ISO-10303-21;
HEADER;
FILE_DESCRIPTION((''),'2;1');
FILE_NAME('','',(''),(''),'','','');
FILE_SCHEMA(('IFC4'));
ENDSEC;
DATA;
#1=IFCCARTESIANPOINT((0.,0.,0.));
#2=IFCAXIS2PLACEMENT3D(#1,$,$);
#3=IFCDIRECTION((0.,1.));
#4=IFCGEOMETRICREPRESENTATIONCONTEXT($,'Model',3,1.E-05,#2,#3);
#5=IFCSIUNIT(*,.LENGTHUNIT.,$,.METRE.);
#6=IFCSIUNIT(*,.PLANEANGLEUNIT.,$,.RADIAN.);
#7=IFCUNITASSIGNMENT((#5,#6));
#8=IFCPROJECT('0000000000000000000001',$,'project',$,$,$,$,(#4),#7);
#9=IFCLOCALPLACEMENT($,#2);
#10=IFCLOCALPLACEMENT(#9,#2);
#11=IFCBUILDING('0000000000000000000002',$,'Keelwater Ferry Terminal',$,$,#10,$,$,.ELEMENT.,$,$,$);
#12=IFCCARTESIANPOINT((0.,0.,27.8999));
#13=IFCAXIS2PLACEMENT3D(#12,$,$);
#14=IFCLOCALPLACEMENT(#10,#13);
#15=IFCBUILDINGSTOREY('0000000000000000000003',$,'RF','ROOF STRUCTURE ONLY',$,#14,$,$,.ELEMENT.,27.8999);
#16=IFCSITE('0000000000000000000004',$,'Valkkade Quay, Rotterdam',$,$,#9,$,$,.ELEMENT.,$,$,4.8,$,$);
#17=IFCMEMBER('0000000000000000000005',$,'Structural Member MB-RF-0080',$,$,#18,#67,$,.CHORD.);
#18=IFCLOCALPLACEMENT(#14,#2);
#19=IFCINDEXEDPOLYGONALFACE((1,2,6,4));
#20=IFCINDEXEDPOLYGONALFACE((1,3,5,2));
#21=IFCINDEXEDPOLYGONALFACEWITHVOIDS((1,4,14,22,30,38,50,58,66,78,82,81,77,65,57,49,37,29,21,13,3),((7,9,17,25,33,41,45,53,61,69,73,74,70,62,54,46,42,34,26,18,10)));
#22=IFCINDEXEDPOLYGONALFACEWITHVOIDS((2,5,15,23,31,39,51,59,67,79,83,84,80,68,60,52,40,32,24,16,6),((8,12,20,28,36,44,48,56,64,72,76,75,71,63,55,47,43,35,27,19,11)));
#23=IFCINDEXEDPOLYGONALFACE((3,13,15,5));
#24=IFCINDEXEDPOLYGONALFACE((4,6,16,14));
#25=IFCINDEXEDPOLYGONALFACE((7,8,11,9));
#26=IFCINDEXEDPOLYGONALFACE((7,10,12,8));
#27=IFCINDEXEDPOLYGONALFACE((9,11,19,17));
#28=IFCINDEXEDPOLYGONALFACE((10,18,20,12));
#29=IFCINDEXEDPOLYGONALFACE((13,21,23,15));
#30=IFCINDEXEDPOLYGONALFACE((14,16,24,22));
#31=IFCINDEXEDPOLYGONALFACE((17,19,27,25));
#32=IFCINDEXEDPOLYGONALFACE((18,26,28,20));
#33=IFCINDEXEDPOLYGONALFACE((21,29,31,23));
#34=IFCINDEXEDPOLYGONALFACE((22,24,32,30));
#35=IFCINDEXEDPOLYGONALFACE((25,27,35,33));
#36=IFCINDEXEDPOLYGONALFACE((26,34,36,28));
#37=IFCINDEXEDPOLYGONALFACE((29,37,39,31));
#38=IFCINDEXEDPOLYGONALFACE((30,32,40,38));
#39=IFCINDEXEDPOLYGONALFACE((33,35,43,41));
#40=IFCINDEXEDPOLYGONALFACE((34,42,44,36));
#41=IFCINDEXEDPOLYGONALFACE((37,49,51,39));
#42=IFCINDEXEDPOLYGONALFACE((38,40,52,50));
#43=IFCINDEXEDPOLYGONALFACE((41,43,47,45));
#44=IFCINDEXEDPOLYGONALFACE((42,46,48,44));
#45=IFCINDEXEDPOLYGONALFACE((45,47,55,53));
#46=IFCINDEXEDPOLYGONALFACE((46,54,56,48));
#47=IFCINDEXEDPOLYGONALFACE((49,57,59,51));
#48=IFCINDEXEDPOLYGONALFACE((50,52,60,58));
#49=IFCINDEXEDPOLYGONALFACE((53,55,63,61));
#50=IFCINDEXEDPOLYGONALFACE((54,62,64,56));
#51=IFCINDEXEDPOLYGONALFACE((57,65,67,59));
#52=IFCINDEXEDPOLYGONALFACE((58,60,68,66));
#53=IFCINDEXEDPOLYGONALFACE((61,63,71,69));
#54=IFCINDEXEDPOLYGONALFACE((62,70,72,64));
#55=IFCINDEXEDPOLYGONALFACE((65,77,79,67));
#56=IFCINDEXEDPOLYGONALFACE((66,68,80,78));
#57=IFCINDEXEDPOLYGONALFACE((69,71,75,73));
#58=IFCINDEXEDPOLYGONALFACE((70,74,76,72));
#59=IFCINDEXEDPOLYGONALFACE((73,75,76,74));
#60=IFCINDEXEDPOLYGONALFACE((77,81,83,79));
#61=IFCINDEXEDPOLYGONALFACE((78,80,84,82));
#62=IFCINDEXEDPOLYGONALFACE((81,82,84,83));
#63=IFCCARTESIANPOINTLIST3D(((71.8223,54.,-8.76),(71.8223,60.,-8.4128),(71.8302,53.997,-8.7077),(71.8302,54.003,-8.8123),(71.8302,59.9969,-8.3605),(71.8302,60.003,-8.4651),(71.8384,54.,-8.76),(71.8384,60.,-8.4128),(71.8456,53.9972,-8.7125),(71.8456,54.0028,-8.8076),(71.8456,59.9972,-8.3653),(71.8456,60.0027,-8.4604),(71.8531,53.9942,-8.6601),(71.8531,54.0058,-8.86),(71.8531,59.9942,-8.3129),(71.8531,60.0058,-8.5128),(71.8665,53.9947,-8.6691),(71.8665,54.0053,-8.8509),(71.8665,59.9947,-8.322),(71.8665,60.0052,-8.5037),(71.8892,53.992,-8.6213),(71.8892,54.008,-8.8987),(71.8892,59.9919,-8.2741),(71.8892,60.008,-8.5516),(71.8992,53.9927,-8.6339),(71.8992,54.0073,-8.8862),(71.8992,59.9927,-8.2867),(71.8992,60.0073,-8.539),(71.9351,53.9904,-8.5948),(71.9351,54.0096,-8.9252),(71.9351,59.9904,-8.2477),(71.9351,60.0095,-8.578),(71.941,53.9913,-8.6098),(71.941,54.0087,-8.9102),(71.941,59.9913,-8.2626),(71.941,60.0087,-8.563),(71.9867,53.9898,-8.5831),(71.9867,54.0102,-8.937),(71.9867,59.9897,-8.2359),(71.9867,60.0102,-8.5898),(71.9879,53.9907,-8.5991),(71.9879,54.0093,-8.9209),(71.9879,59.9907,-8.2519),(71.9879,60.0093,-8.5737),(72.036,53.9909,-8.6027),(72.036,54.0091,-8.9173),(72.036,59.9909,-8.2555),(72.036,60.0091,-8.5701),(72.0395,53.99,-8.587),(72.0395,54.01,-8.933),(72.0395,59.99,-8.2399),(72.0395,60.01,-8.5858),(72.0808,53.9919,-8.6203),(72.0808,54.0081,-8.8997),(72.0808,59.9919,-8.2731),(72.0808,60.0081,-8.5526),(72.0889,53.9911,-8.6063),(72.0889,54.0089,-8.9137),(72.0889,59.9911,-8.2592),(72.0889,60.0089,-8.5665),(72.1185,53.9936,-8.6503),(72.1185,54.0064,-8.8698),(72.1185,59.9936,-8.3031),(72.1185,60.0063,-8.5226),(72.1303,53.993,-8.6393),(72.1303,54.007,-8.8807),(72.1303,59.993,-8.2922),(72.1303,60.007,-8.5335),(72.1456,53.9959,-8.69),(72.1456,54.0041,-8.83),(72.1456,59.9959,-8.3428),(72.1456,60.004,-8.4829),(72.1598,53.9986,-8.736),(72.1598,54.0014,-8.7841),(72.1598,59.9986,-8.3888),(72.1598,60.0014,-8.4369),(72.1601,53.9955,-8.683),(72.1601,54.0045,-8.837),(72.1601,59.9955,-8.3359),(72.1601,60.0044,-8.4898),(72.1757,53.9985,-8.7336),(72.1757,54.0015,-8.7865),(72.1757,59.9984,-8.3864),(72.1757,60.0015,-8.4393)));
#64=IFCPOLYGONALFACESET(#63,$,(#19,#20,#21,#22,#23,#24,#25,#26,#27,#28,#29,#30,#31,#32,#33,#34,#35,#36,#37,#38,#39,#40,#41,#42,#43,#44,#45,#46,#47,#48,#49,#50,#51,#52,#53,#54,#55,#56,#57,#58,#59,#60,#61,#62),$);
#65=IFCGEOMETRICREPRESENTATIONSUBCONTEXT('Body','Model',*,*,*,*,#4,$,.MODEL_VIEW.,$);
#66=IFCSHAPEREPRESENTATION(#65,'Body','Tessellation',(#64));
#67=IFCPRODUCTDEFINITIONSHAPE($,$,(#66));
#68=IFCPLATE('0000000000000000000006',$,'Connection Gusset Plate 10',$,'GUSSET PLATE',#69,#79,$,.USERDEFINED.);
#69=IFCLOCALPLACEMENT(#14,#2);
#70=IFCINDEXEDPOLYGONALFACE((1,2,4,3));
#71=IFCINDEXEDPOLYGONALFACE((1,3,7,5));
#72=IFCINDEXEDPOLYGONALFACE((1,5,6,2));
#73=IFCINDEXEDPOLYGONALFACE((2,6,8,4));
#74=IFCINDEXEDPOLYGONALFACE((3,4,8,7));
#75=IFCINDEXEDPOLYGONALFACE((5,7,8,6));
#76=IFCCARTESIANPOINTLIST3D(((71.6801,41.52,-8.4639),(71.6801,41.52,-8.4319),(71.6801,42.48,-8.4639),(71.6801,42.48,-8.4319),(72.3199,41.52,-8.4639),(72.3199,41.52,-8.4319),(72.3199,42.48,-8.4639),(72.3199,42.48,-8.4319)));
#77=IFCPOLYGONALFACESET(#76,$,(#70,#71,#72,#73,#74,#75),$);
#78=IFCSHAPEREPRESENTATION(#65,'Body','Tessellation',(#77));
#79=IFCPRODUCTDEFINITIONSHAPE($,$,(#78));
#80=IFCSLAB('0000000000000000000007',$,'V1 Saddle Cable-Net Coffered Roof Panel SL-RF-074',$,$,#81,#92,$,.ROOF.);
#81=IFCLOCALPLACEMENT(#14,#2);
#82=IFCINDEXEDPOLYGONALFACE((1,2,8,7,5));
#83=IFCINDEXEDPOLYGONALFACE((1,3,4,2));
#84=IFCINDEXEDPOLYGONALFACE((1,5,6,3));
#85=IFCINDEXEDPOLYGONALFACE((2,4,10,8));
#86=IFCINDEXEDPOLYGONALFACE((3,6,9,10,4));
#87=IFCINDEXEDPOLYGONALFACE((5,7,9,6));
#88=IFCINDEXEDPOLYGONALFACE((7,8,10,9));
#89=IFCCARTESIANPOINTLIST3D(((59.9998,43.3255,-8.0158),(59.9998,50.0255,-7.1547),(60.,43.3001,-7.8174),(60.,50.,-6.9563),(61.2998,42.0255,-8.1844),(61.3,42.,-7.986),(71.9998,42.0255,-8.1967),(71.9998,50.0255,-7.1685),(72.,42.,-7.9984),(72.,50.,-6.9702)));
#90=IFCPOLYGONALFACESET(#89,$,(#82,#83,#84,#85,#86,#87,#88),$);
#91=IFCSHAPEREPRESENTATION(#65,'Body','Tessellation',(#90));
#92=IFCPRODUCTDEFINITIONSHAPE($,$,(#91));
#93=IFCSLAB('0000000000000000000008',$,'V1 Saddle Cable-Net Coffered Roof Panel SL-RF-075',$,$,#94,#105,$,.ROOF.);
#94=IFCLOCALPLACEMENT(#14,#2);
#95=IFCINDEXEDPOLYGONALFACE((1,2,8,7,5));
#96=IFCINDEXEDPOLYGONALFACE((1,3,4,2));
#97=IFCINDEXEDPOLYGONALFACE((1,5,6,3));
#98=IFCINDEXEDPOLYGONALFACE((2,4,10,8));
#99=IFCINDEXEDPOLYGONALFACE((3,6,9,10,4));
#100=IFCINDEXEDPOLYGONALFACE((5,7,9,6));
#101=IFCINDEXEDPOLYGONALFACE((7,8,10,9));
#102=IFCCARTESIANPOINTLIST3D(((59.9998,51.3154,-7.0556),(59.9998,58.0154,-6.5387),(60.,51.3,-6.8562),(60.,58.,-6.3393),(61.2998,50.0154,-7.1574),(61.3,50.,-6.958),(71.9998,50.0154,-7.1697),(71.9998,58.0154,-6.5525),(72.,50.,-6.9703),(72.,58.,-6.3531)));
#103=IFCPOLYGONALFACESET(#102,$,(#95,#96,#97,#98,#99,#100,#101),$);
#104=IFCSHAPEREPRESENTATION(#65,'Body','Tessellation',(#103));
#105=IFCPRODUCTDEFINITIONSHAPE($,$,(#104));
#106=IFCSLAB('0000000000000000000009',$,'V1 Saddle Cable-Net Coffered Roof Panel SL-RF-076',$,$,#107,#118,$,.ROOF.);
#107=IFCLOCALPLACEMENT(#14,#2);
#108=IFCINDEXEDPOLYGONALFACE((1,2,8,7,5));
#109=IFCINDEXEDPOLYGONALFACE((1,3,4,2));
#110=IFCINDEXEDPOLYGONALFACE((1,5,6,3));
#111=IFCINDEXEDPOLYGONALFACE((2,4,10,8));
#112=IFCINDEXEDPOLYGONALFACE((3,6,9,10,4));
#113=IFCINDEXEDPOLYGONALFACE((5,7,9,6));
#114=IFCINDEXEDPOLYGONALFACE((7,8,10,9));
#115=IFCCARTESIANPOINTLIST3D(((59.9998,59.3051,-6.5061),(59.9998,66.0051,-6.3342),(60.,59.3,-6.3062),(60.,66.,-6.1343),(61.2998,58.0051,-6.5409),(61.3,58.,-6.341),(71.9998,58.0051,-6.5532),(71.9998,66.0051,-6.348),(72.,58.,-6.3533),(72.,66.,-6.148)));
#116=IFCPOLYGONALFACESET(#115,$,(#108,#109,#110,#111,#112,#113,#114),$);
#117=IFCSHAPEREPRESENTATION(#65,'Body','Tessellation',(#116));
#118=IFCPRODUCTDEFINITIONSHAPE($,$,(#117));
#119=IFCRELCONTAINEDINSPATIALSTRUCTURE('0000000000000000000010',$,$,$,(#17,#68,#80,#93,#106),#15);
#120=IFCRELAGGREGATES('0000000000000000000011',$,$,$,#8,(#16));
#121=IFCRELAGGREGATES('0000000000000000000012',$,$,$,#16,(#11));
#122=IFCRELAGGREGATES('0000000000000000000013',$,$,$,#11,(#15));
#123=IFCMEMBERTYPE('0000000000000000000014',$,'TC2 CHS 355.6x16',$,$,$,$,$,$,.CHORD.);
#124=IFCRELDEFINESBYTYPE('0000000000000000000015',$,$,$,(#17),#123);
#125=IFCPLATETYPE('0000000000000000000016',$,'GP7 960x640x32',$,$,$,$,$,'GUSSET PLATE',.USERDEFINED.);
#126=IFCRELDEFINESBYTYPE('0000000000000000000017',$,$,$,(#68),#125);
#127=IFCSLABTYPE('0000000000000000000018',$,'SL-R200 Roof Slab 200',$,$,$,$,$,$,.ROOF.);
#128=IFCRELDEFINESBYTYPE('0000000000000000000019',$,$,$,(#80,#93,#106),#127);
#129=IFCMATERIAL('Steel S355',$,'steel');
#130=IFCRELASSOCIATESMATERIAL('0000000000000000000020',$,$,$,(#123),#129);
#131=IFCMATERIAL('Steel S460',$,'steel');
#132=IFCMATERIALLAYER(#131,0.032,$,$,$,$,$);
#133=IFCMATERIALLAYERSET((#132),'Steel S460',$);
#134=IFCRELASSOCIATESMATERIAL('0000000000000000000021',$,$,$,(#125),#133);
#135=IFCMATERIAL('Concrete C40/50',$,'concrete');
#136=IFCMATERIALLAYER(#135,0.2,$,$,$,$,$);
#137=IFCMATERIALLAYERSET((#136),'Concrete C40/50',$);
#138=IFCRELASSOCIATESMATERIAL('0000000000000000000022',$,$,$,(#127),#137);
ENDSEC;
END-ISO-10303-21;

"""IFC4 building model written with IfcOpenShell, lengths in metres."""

from ifc_helpers import new_model, si_unit, direction, frame, origin, origin_with_axes, origin_2d, place, context, subcontext, project, spatial, polyline, rectangle, hollow_circle, outline, extrude, material, layer, layer_set, material_profile, profile_set, type_object, element, save


model = new_model("IFC4")

# Units and contexts
model_context = context("Model", 3, precision=1e-05, world=origin(), true_north=direction((0.0, 1.0)))
body_context = subcontext(model_context, "Body", "Model", "MODEL_VIEW")
ifc_project = project(units=[si_unit("LENGTHUNIT", "METRE"), si_unit("PLANEANGLEUNIT", "RADIAN")], contexts=[model_context])

# Site, building, storey
site_placement = place(None, origin())
site = spatial("IfcSite", under=ifc_project, at=site_placement, Name="Valkkade Quay, Rotterdam", CompositionType="ELEMENT", RefElevation=4.8)
building_placement = place(site_placement, origin())
building = spatial("IfcBuilding", under=site, at=building_placement, Name="Keelwater Ferry Terminal", CompositionType="ELEMENT")
storey_placement = place(building_placement, frame((0.0, 0.0, 27.8999)))
storey = spatial("IfcBuildingStorey", under=building, at=storey_placement, Name="RF", Description="ROOF STRUCTURE ONLY", CompositionType="ELEMENT", Elevation=27.8999)

# Member
ifc_material_1 = material(Name="Steel S355", Category="steel")
ifc_material_profile_1 = material_profile(ifc_material_1, hollow_circle(Radius=0.1777, WallThickness=0.0161, at=origin_2d()), Name="CHS 355.6x16")
ifc_profile_set_1 = profile_set([ifc_material_profile_1], Name="Steel S355")
member_type_1 = type_object("IfcMemberType", Name="TC2 CHS 355.6x16", PredefinedType="CHORD", material=ifc_profile_set_1)
member_1_placement = place(storey_placement, frame((72.0, 54.0, -8.76), z_axis=(0.0, 0.99833, 0.057765), x_axis=(-1.0, 0.0, 0.0)))
element("IfcMember", 1, at=member_1_placement, inside=storey, type_object=member_type_1, Name="Structural Member MB-RF-0080", PredefinedType="CHORD", context=body_context, shape_type="SweptSolid", body=[
    extrude(hollow_circle(Radius=0.1777, WallThickness=0.0161, at=origin_2d()), origin(), (0.0, 0.0, 1.0), 6.01),
])

# Plate
ifc_material_2 = material(Name="Steel S460", Category="steel")
ifc_layer_1 = layer(ifc_material_2, 0.032)
ifc_layer_set_1 = layer_set([ifc_layer_1], Name="Steel S460")
plate_type = type_object("IfcPlateType", Name="GP7 960x640x32", ElementType="GUSSET PLATE", PredefinedType="USERDEFINED", material=ifc_layer_set_1)
plate_placement = place(storey_placement, frame((72.0, 42.0, -8.4639), z_axis=(0.0, 0.0, 1.0), x_axis=(0.0, 1.0, 0.0)))
element("IfcPlate", 2, at=plate_placement, inside=storey, type_object=plate_type, Name="Connection Gusset Plate 10", ObjectType="GUSSET PLATE", PredefinedType="USERDEFINED", context=body_context, shape_type="SweptSolid", body=[
    extrude(rectangle(XDim=0.96, YDim=0.6399, at=origin_2d()), origin(), (0.0, 0.0, 1.0), 0.032),
])

# Slabs
ifc_material_3 = material(Name="Concrete C40/50", Category="concrete")
ifc_layer_2 = layer(ifc_material_3, 0.2)
ifc_layer_set_2 = layer_set([ifc_layer_2], Name="Concrete C40/50")
slab_type = type_object("IfcSlabType", Name="SL-R200 Roof Slab 200", PredefinedType="ROOF", material=ifc_layer_set_2)
slab_1_placement = place(storey_placement, frame((61.2998, 42.0255, -8.1844), z_axis=(0.001146, -0.127475, 0.991841), x_axis=(0.999999, 0.000146, -0.001136)))
element("IfcSlab", 3, at=slab_1_placement, inside=storey, type_object=slab_type, Name="V1 Saddle Cable-Net Coffered Roof Panel SL-RF-074", PredefinedType="ROOF", context=body_context, shape_type="SweptSolid", body=[
    extrude(outline(polyline([(0.0, 0.0), (10.7, -0.0015), (10.7, 8.0642), (-1.3, 8.066), (-1.3, 1.3109), (0.0, 0.0)])), origin_with_axes(), (0.0, 0.0, 1.0), 0.2),
])
slab_2_placement = place(storey_placement, frame((61.2998, 50.0154, -7.1574), z_axis=(0.001145, -0.076926, 0.997036), x_axis=(0.999999, 0.000088, -0.001142)))
element("IfcSlab", 4, at=slab_2_placement, inside=storey, type_object=slab_type, Name="V1 Saddle Cable-Net Coffered Roof Panel SL-RF-075", PredefinedType="ROOF", context=body_context, shape_type="SweptSolid", body=[
    extrude(outline(polyline([(0.0, 0.0), (10.7, -0.0009), (10.7, 8.0228), (-1.3, 8.0239), (-1.3, 1.304), (0.0, 0.0)])), origin_with_axes(), (0.0, 0.0, 1.0), 0.2),
])
slab_3_placement = place(storey_placement, frame((61.2998, 58.0051, -6.5409), z_axis=(0.001147, -0.025648, 0.99967), x_axis=(0.999999, 0.000029, -0.001147)))
element("IfcSlab", 5, at=slab_3_placement, inside=storey, type_object=slab_type, Name="V1 Saddle Cable-Net Coffered Roof Panel SL-RF-076", PredefinedType="ROOF", context=body_context, shape_type="SweptSolid", body=[
    extrude(outline(polyline([(0.0, 0.0), (10.7, -0.0003), (10.7, 8.0023), (-1.3, 8.0027), (-1.3, 1.3005), (0.0, 0.0)])), origin_with_axes(), (0.0, 0.0, 1.0), 0.2),
])

save(model, "model.ifc")
